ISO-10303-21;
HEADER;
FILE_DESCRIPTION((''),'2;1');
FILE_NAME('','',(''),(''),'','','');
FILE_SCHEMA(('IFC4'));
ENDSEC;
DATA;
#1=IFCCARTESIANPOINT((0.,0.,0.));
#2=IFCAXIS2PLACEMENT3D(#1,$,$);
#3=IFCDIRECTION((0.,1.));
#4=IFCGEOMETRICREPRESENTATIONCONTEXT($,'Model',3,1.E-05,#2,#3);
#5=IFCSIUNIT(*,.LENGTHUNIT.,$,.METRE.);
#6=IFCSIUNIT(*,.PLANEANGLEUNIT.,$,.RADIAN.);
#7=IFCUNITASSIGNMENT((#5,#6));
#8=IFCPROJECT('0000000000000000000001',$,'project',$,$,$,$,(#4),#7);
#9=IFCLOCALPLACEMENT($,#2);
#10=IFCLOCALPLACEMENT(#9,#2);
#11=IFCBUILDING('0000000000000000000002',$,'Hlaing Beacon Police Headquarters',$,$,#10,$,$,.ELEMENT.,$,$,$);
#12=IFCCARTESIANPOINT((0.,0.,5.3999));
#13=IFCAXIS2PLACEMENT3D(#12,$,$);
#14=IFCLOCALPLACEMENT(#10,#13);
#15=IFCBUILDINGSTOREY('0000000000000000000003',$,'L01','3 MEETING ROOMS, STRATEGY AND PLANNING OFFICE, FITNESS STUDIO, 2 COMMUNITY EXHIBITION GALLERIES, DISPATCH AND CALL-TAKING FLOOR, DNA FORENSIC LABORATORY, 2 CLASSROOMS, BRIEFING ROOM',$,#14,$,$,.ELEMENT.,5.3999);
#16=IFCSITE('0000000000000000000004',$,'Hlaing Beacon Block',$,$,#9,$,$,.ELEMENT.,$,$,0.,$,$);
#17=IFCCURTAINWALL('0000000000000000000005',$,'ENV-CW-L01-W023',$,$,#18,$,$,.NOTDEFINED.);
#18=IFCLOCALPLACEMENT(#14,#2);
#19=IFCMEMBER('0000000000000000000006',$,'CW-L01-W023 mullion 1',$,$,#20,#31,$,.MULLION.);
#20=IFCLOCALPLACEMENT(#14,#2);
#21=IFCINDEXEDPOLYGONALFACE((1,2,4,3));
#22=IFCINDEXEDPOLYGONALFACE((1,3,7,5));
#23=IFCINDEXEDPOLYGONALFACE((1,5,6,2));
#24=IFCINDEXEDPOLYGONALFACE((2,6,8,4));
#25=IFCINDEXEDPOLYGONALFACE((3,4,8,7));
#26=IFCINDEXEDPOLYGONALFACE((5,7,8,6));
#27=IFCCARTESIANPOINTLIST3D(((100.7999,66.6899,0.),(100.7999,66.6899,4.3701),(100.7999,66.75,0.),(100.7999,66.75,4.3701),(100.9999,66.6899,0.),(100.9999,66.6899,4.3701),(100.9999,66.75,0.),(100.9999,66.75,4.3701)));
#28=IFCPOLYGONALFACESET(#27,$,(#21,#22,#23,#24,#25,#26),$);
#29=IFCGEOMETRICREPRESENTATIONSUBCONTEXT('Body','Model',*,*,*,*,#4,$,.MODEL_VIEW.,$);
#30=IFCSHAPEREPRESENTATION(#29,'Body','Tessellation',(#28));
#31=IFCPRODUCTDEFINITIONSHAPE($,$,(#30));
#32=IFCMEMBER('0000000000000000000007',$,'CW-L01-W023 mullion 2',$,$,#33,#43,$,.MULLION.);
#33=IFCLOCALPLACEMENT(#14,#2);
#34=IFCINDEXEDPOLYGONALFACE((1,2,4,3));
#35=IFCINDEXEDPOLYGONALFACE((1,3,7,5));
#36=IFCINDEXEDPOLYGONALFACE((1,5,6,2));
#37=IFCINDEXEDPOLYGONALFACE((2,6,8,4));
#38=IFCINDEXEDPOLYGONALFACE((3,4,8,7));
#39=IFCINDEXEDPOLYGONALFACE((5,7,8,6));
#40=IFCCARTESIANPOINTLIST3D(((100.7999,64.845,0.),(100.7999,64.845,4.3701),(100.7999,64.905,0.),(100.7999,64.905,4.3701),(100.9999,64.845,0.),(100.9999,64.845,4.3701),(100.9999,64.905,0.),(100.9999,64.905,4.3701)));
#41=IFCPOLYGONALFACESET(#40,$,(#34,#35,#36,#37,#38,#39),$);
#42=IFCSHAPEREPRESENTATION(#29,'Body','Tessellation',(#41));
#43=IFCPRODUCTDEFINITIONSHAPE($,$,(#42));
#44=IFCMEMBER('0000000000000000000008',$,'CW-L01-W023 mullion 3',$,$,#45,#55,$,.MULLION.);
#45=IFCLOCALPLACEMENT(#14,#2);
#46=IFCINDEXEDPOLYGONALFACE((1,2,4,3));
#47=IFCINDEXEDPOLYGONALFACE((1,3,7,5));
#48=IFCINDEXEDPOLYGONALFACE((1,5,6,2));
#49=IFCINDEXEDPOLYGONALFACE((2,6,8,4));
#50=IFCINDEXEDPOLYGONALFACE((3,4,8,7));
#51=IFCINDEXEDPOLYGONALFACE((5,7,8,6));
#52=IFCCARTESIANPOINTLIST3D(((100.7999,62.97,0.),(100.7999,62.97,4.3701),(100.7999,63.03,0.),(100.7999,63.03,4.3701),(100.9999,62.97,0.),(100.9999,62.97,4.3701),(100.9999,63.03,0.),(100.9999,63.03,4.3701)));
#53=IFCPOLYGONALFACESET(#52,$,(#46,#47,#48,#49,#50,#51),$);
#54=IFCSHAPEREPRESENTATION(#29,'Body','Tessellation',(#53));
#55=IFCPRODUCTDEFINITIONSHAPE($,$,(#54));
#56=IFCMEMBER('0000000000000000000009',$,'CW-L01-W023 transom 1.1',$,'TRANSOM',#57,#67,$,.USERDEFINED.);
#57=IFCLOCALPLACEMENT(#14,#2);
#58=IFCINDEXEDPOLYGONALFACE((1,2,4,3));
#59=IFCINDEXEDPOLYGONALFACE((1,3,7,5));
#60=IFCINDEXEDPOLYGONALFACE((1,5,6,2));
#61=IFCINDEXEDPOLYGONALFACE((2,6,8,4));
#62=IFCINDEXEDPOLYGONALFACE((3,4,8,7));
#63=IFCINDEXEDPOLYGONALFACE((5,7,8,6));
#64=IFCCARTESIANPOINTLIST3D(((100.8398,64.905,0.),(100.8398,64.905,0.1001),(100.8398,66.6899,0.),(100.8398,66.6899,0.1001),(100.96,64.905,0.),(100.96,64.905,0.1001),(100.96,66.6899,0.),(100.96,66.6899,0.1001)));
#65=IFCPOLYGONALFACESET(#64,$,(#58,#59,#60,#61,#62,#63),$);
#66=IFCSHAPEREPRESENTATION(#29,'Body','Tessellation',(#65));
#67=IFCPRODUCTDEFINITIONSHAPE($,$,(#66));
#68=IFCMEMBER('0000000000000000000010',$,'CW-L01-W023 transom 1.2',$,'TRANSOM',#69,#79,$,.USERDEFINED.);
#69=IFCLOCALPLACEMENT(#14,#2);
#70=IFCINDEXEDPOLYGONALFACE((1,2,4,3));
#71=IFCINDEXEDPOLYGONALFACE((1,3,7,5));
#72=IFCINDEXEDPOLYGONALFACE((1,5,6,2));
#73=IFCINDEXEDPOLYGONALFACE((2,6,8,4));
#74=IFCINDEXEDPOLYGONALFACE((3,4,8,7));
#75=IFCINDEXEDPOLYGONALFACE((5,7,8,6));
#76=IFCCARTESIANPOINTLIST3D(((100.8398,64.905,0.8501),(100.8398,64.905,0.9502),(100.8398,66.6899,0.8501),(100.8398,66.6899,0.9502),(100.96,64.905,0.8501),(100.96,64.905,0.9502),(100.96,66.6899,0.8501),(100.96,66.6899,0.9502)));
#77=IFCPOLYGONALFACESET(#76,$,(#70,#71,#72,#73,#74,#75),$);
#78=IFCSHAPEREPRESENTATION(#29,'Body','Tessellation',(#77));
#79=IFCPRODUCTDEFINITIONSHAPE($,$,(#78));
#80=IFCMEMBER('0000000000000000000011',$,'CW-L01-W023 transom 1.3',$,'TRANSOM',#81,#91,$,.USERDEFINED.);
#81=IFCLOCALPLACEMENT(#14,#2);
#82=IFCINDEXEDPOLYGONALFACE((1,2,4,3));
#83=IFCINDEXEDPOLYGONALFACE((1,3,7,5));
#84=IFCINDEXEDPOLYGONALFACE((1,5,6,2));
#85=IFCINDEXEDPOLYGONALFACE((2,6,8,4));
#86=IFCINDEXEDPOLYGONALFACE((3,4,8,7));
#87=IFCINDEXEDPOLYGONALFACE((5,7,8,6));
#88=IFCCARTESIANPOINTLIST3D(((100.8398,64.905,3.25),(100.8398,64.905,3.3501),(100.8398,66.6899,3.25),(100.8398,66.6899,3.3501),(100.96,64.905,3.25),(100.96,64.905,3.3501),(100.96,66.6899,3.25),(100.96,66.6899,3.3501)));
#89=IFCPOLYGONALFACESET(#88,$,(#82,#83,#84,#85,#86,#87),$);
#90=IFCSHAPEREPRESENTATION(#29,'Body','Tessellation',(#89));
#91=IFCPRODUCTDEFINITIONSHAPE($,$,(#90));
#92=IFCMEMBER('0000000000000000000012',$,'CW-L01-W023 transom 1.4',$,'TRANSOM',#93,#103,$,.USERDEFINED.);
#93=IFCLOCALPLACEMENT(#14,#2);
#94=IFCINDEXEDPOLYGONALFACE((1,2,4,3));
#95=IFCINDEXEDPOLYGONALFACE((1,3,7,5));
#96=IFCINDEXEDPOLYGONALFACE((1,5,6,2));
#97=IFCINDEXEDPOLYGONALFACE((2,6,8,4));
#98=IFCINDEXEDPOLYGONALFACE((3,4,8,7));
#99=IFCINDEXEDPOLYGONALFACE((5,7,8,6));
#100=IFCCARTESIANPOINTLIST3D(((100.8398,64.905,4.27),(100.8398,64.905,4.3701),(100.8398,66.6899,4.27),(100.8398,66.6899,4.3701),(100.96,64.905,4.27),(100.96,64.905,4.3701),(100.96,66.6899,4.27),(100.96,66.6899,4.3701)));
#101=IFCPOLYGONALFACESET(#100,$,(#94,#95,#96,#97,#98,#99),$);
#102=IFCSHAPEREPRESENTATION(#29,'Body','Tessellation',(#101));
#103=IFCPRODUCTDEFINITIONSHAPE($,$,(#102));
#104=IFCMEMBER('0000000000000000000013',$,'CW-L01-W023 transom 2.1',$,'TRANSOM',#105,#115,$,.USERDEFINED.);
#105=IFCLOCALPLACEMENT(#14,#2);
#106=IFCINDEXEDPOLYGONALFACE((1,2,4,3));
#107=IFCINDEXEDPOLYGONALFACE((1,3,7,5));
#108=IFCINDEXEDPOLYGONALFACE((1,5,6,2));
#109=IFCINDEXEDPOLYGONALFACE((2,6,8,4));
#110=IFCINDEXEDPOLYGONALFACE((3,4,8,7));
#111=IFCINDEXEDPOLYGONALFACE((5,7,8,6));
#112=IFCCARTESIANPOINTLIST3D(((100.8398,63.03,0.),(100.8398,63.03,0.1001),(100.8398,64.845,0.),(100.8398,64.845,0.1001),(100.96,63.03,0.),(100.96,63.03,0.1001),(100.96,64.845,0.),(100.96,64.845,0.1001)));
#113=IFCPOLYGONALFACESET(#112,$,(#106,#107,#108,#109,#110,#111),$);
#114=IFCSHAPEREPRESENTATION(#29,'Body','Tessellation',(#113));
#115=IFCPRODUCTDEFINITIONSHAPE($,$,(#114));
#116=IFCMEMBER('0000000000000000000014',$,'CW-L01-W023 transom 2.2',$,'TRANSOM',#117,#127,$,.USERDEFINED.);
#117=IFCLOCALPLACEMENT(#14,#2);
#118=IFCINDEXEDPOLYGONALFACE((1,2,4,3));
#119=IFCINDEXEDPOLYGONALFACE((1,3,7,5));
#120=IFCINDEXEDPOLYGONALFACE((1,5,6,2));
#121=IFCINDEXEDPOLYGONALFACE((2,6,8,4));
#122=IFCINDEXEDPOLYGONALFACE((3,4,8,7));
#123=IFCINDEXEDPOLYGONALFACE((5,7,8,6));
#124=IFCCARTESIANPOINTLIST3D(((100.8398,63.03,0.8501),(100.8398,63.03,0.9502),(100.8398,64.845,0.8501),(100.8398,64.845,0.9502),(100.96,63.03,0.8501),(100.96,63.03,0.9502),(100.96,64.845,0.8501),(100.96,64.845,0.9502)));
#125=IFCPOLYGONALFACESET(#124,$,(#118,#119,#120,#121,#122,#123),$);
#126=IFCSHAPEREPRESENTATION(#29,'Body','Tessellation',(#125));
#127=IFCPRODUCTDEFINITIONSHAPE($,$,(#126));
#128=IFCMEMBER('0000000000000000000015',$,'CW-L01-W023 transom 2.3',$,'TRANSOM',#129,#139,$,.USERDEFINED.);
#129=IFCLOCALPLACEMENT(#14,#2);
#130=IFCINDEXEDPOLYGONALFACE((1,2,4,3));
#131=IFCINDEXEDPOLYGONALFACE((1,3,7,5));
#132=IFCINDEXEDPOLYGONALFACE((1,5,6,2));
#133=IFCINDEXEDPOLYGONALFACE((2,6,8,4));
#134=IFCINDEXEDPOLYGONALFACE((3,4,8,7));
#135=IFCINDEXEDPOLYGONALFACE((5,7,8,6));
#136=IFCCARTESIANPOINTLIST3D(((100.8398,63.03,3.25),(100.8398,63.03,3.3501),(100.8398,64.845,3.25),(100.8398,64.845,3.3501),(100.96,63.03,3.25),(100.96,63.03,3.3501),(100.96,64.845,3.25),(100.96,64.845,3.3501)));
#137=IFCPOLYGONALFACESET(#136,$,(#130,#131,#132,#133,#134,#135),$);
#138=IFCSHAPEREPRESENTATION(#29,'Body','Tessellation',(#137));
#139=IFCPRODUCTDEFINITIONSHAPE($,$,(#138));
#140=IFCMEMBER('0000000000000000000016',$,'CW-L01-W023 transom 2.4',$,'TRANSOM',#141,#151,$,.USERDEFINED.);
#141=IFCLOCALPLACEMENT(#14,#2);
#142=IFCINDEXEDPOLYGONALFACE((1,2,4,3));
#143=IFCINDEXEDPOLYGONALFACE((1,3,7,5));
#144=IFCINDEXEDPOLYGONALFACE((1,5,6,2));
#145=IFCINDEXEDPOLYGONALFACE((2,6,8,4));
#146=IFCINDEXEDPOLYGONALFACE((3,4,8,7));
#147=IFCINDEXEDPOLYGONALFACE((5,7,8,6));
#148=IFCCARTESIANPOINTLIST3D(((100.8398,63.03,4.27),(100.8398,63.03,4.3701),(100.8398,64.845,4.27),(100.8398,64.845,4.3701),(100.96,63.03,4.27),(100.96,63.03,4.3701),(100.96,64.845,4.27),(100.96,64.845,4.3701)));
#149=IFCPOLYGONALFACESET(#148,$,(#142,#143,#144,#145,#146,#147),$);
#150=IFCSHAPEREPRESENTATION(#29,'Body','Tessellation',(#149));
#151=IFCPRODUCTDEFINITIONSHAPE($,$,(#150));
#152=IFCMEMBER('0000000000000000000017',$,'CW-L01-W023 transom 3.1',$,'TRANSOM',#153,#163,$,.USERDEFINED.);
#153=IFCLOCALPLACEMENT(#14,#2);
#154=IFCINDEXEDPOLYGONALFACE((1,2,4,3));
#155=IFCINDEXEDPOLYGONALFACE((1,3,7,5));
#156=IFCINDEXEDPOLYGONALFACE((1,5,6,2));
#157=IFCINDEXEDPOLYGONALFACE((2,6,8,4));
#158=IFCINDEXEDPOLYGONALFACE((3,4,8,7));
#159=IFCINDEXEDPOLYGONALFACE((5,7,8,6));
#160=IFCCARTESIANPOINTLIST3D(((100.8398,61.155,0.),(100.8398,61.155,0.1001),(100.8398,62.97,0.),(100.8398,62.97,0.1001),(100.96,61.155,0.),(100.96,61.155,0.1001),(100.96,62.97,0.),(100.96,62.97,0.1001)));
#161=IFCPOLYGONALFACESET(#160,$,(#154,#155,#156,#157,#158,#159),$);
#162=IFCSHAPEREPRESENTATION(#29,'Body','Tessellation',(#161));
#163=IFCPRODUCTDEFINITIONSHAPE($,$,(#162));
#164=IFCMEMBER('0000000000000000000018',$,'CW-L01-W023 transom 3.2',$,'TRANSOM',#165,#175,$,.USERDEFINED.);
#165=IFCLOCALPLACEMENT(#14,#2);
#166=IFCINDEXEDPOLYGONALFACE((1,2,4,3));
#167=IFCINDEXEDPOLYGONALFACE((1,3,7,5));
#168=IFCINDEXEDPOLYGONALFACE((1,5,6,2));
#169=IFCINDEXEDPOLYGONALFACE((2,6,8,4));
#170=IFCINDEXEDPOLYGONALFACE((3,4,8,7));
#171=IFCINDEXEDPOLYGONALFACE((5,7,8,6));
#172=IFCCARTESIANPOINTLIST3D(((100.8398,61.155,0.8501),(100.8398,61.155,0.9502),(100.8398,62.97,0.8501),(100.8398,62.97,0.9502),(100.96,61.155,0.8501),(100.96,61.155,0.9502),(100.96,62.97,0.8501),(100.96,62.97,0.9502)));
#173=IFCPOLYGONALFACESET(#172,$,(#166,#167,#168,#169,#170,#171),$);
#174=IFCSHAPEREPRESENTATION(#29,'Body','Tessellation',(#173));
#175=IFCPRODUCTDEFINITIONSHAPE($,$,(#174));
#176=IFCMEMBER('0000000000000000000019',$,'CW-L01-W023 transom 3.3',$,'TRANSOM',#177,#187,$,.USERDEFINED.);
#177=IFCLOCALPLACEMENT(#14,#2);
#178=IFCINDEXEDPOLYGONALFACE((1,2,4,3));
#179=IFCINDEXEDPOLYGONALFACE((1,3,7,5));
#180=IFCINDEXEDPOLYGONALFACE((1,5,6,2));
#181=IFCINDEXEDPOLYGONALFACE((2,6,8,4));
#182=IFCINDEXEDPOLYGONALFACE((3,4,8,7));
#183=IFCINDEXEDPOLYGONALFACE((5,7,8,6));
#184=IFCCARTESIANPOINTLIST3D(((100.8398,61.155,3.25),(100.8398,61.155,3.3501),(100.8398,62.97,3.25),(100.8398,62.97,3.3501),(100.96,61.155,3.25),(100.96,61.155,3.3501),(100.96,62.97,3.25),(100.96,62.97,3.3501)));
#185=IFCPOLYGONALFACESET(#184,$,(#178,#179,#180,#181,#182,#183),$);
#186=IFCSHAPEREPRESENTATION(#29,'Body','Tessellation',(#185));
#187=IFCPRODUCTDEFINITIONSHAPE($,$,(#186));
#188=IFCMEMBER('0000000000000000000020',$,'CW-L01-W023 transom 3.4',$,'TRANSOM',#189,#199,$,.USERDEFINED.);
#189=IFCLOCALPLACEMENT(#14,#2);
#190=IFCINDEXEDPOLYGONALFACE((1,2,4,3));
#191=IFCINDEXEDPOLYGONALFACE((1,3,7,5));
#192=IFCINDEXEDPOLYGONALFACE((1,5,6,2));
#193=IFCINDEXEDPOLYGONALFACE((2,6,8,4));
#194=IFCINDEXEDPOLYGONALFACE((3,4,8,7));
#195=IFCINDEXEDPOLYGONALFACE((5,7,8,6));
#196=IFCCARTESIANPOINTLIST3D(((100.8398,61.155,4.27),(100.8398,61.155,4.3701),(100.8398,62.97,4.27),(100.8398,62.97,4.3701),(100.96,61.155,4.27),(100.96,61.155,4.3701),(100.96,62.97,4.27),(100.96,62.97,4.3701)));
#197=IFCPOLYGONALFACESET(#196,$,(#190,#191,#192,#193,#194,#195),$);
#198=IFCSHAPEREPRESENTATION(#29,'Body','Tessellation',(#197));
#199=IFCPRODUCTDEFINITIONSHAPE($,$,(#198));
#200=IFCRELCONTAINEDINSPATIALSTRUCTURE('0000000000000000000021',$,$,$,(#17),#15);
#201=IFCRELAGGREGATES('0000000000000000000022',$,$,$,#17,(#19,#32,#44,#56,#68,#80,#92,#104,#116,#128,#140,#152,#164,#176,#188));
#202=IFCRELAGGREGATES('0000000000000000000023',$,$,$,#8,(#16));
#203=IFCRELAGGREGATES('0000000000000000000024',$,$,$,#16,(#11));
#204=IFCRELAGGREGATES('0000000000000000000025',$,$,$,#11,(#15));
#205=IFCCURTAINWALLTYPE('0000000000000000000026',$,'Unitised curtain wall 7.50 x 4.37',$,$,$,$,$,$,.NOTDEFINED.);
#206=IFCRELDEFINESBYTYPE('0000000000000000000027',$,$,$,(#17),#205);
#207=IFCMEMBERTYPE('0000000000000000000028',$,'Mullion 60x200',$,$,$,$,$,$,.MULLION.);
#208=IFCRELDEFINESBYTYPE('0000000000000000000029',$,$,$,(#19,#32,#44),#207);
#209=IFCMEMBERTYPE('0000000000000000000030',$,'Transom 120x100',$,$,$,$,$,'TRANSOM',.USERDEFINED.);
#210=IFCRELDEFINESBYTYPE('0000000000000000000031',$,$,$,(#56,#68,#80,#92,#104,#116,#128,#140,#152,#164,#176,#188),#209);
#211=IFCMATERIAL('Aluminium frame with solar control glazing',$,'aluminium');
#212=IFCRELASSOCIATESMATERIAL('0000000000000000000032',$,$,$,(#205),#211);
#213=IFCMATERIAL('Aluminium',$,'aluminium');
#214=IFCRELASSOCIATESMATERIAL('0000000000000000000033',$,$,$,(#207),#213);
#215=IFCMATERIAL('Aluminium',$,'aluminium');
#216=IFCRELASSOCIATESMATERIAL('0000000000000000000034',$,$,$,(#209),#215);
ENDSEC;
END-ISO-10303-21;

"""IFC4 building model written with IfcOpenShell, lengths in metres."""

from ifc_helpers import new_model, si_unit, direction, frame, origin, origin_2d, place, context, subcontext, project, spatial, rectangle, extrude, material, material_profile, profile_set, type_object, element, aggregate, save


model = new_model("IFC4")

# Units and contexts
model_context = context("Model", 3, precision=1e-05, world=origin(), true_north=direction((0.0, 1.0)))
body_context = subcontext(model_context, "Body", "Model", "MODEL_VIEW")
ifc_project = project(units=[si_unit("LENGTHUNIT", "METRE"), si_unit("PLANEANGLEUNIT", "RADIAN")], contexts=[model_context])

# Site, building, storey
site_placement = place(None, origin())
site = spatial("IfcSite", under=ifc_project, at=site_placement, Name="Hlaing Beacon Block", CompositionType="ELEMENT", RefElevation=0.0)
building_placement = place(site_placement, origin())
building = spatial("IfcBuilding", under=site, at=building_placement, Name="Hlaing Beacon Police Headquarters", CompositionType="ELEMENT")
storey_placement = place(building_placement, frame((0.0, 0.0, 5.3999)))
storey = spatial("IfcBuildingStorey", under=building, at=storey_placement, Name="L01", Description="3 MEETING ROOMS, STRATEGY AND PLANNING OFFICE, FITNESS STUDIO, 2 COMMUNITY EXHIBITION GALLERIES, DISPATCH AND CALL-TAKING FLOOR, DNA FORENSIC LABORATORY, 2 CLASSROOMS, BRIEFING ROOM", CompositionType="ELEMENT", Elevation=5.3999)

# Curtain wall, members
ifc_material_1 = material(Name="Aluminium frame with solar control glazing", Category="aluminium")
curtain_wall_type = type_object("IfcCurtainWallType", Name="Unitised curtain wall 7.50 x 4.37", PredefinedType="NOTDEFINED", material=ifc_material_1)
curtain_wall_placement = place(storey_placement, origin())
curtain_wall = element("IfcCurtainWall", 1, at=curtain_wall_placement, inside=storey, type_object=curtain_wall_type, Name="ENV-CW-L01-W023", PredefinedType="NOTDEFINED")
ifc_material_2 = material(Name="Aluminium", Category="aluminium")
ifc_material_profile_1 = material_profile(ifc_material_2, rectangle(XDim=0.2, YDim=0.0601, at=origin_2d()), Name="Mullion 60x200")
ifc_profile_set_1 = profile_set([ifc_material_profile_1], Name="Aluminium")
member_type_1 = type_object("IfcMemberType", Name="Mullion 60x200", PredefinedType="MULLION", material=ifc_profile_set_1)
member_1_placement = place(storey_placement, frame((100.8999, 66.72, 0.0), z_axis=(0.0, 0.0, 1.0), x_axis=(1.0, 0.0, 0.0)))
member_1 = element("IfcMember", 2, at=member_1_placement, type_object=member_type_1, Name="CW-L01-W023 mullion 1", PredefinedType="MULLION", context=body_context, shape_type="SweptSolid", body=[
    extrude(rectangle(XDim=0.2, YDim=0.0601, at=origin_2d()), origin(), (0.0, 0.0, 1.0), 4.3701),
])
member_2_placement = place(storey_placement, frame((100.8999, 64.875, 0.0), z_axis=(0.0, 0.0, 1.0), x_axis=(1.0, 0.0, 0.0)))
member_2 = element("IfcMember", 3, at=member_2_placement, type_object=member_type_1, Name="CW-L01-W023 mullion 2", PredefinedType="MULLION", context=body_context, shape_type="SweptSolid", body=[
    extrude(rectangle(XDim=0.2, YDim=0.0601, at=origin_2d()), origin(), (0.0, 0.0, 1.0), 4.3701),
])
member_3_placement = place(storey_placement, frame((100.8999, 63.0, 0.0), z_axis=(0.0, 0.0, 1.0), x_axis=(1.0, 0.0, 0.0)))
member_3 = element("IfcMember", 4, at=member_3_placement, type_object=member_type_1, Name="CW-L01-W023 mullion 3", PredefinedType="MULLION", context=body_context, shape_type="SweptSolid", body=[
    extrude(rectangle(XDim=0.2, YDim=0.0601, at=origin_2d()), origin(), (0.0, 0.0, 1.0), 4.3701),
])
ifc_material_3 = material(Name="Aluminium", Category="aluminium")
ifc_material_profile_2 = material_profile(ifc_material_3, rectangle(XDim=0.1201, YDim=0.1001, at=origin_2d()), Name="Transom 120x100")
ifc_profile_set_2 = profile_set([ifc_material_profile_2], Name="Aluminium")
member_type_2 = type_object("IfcMemberType", Name="Transom 120x100", ElementType="TRANSOM", PredefinedType="USERDEFINED", material=ifc_profile_set_2)
member_4_placement = place(storey_placement, frame((100.8999, 66.6899, 0.05), z_axis=(0.0, -1.0, 0.0), x_axis=(1.0, 0.0, 0.0)))
member_4 = element("IfcMember", 5, at=member_4_placement, type_object=member_type_2, Name="CW-L01-W023 transom 1.1", ObjectType="TRANSOM", PredefinedType="USERDEFINED", context=body_context, shape_type="SweptSolid", body=[
    extrude(rectangle(XDim=0.1201, YDim=0.1001, at=origin_2d()), origin(), (0.0, 0.0, 1.0), 1.7849),
])
member_5_placement = place(storey_placement, frame((100.8999, 66.6899, 0.9001), z_axis=(0.0, -1.0, 0.0), x_axis=(1.0, 0.0, 0.0)))
member_5 = element("IfcMember", 6, at=member_5_placement, type_object=member_type_2, Name="CW-L01-W023 transom 1.2", ObjectType="TRANSOM", PredefinedType="USERDEFINED", context=body_context, shape_type="SweptSolid", body=[
    extrude(rectangle(XDim=0.1201, YDim=0.1001, at=origin_2d()), origin(), (0.0, 0.0, 1.0), 1.7849),
])
member_6_placement = place(storey_placement, frame((100.8999, 66.6899, 3.3), z_axis=(0.0, -1.0, 0.0), x_axis=(1.0, 0.0, 0.0)))
member_6 = element("IfcMember", 7, at=member_6_placement, type_object=member_type_2, Name="CW-L01-W023 transom 1.3", ObjectType="TRANSOM", PredefinedType="USERDEFINED", context=body_context, shape_type="SweptSolid", body=[
    extrude(rectangle(XDim=0.1201, YDim=0.1001, at=origin_2d()), origin(), (0.0, 0.0, 1.0), 1.7849),
])
member_7_placement = place(storey_placement, frame((100.8999, 66.6899, 4.3201), z_axis=(0.0, -1.0, 0.0), x_axis=(1.0, 0.0, 0.0)))
member_7 = element("IfcMember", 8, at=member_7_placement, type_object=member_type_2, Name="CW-L01-W023 transom 1.4", ObjectType="TRANSOM", PredefinedType="USERDEFINED", context=body_context, shape_type="SweptSolid", body=[
    extrude(rectangle(XDim=0.1201, YDim=0.1001, at=origin_2d()), origin(), (0.0, 0.0, 1.0), 1.7849),
])
member_8_placement = place(storey_placement, frame((100.8999, 64.845, 0.05), z_axis=(0.0, -1.0, 0.0), x_axis=(1.0, 0.0, 0.0)))
member_8 = element("IfcMember", 9, at=member_8_placement, type_object=member_type_2, Name="CW-L01-W023 transom 2.1", ObjectType="TRANSOM", PredefinedType="USERDEFINED", context=body_context, shape_type="SweptSolid", body=[
    extrude(rectangle(XDim=0.1201, YDim=0.1001, at=origin_2d()), origin(), (0.0, 0.0, 1.0), 1.8149),
])
member_9_placement = place(storey_placement, frame((100.8999, 64.845, 0.9001), z_axis=(0.0, -1.0, 0.0), x_axis=(1.0, 0.0, 0.0)))
member_9 = element("IfcMember", 10, at=member_9_placement, type_object=member_type_2, Name="CW-L01-W023 transom 2.2", ObjectType="TRANSOM", PredefinedType="USERDEFINED", context=body_context, shape_type="SweptSolid", body=[
    extrude(rectangle(XDim=0.1201, YDim=0.1001, at=origin_2d()), origin(), (0.0, 0.0, 1.0), 1.8149),
])
member_10_placement = place(storey_placement, frame((100.8999, 64.845, 3.3), z_axis=(0.0, -1.0, 0.0), x_axis=(1.0, 0.0, 0.0)))
member_10 = element("IfcMember", 11, at=member_10_placement, type_object=member_type_2, Name="CW-L01-W023 transom 2.3", ObjectType="TRANSOM", PredefinedType="USERDEFINED", context=body_context, shape_type="SweptSolid", body=[
    extrude(rectangle(XDim=0.1201, YDim=0.1001, at=origin_2d()), origin(), (0.0, 0.0, 1.0), 1.8149),
])
member_11_placement = place(storey_placement, frame((100.8999, 64.845, 4.3201), z_axis=(0.0, -1.0, 0.0), x_axis=(1.0, 0.0, 0.0)))
member_11 = element("IfcMember", 12, at=member_11_placement, type_object=member_type_2, Name="CW-L01-W023 transom 2.4", ObjectType="TRANSOM", PredefinedType="USERDEFINED", context=body_context, shape_type="SweptSolid", body=[
    extrude(rectangle(XDim=0.1201, YDim=0.1001, at=origin_2d()), origin(), (0.0, 0.0, 1.0), 1.8149),
])
member_12_placement = place(storey_placement, frame((100.8999, 62.97, 0.05), z_axis=(0.0, -1.0, 0.0), x_axis=(1.0, 0.0, 0.0)))
member_12 = element("IfcMember", 13, at=member_12_placement, type_object=member_type_2, Name="CW-L01-W023 transom 3.1", ObjectType="TRANSOM", PredefinedType="USERDEFINED", context=body_context, shape_type="SweptSolid", body=[
    extrude(rectangle(XDim=0.1201, YDim=0.1001, at=origin_2d()), origin(), (0.0, 0.0, 1.0), 1.8149),
])
member_13_placement = place(storey_placement, frame((100.8999, 62.97, 0.9001), z_axis=(0.0, -1.0, 0.0), x_axis=(1.0, 0.0, 0.0)))
member_13 = element("IfcMember", 14, at=member_13_placement, type_object=member_type_2, Name="CW-L01-W023 transom 3.2", ObjectType="TRANSOM", PredefinedType="USERDEFINED", context=body_context, shape_type="SweptSolid", body=[
    extrude(rectangle(XDim=0.1201, YDim=0.1001, at=origin_2d()), origin(), (0.0, 0.0, 1.0), 1.8149),
])
member_14_placement = place(storey_placement, frame((100.8999, 62.97, 3.3), z_axis=(0.0, -1.0, 0.0), x_axis=(1.0, 0.0, 0.0)))
member_14 = element("IfcMember", 15, at=member_14_placement, type_object=member_type_2, Name="CW-L01-W023 transom 3.3", ObjectType="TRANSOM", PredefinedType="USERDEFINED", context=body_context, shape_type="SweptSolid", body=[
    extrude(rectangle(XDim=0.1201, YDim=0.1001, at=origin_2d()), origin(), (0.0, 0.0, 1.0), 1.8149),
])
member_15_placement = place(storey_placement, frame((100.8999, 62.97, 4.3201), z_axis=(0.0, -1.0, 0.0), x_axis=(1.0, 0.0, 0.0)))
member_15 = element("IfcMember", 16, at=member_15_placement, type_object=member_type_2, Name="CW-L01-W023 transom 3.4", ObjectType="TRANSOM", PredefinedType="USERDEFINED", context=body_context, shape_type="SweptSolid", body=[
    extrude(rectangle(XDim=0.1201, YDim=0.1001, at=origin_2d()), origin(), (0.0, 0.0, 1.0), 1.8149),
])
aggregate(curtain_wall, [member_1, member_2, member_3, member_4, member_5, member_6, member_7, member_8, member_9, member_10, member_11, member_12, member_13, member_14, member_15])

save(model, "model.ifc")
